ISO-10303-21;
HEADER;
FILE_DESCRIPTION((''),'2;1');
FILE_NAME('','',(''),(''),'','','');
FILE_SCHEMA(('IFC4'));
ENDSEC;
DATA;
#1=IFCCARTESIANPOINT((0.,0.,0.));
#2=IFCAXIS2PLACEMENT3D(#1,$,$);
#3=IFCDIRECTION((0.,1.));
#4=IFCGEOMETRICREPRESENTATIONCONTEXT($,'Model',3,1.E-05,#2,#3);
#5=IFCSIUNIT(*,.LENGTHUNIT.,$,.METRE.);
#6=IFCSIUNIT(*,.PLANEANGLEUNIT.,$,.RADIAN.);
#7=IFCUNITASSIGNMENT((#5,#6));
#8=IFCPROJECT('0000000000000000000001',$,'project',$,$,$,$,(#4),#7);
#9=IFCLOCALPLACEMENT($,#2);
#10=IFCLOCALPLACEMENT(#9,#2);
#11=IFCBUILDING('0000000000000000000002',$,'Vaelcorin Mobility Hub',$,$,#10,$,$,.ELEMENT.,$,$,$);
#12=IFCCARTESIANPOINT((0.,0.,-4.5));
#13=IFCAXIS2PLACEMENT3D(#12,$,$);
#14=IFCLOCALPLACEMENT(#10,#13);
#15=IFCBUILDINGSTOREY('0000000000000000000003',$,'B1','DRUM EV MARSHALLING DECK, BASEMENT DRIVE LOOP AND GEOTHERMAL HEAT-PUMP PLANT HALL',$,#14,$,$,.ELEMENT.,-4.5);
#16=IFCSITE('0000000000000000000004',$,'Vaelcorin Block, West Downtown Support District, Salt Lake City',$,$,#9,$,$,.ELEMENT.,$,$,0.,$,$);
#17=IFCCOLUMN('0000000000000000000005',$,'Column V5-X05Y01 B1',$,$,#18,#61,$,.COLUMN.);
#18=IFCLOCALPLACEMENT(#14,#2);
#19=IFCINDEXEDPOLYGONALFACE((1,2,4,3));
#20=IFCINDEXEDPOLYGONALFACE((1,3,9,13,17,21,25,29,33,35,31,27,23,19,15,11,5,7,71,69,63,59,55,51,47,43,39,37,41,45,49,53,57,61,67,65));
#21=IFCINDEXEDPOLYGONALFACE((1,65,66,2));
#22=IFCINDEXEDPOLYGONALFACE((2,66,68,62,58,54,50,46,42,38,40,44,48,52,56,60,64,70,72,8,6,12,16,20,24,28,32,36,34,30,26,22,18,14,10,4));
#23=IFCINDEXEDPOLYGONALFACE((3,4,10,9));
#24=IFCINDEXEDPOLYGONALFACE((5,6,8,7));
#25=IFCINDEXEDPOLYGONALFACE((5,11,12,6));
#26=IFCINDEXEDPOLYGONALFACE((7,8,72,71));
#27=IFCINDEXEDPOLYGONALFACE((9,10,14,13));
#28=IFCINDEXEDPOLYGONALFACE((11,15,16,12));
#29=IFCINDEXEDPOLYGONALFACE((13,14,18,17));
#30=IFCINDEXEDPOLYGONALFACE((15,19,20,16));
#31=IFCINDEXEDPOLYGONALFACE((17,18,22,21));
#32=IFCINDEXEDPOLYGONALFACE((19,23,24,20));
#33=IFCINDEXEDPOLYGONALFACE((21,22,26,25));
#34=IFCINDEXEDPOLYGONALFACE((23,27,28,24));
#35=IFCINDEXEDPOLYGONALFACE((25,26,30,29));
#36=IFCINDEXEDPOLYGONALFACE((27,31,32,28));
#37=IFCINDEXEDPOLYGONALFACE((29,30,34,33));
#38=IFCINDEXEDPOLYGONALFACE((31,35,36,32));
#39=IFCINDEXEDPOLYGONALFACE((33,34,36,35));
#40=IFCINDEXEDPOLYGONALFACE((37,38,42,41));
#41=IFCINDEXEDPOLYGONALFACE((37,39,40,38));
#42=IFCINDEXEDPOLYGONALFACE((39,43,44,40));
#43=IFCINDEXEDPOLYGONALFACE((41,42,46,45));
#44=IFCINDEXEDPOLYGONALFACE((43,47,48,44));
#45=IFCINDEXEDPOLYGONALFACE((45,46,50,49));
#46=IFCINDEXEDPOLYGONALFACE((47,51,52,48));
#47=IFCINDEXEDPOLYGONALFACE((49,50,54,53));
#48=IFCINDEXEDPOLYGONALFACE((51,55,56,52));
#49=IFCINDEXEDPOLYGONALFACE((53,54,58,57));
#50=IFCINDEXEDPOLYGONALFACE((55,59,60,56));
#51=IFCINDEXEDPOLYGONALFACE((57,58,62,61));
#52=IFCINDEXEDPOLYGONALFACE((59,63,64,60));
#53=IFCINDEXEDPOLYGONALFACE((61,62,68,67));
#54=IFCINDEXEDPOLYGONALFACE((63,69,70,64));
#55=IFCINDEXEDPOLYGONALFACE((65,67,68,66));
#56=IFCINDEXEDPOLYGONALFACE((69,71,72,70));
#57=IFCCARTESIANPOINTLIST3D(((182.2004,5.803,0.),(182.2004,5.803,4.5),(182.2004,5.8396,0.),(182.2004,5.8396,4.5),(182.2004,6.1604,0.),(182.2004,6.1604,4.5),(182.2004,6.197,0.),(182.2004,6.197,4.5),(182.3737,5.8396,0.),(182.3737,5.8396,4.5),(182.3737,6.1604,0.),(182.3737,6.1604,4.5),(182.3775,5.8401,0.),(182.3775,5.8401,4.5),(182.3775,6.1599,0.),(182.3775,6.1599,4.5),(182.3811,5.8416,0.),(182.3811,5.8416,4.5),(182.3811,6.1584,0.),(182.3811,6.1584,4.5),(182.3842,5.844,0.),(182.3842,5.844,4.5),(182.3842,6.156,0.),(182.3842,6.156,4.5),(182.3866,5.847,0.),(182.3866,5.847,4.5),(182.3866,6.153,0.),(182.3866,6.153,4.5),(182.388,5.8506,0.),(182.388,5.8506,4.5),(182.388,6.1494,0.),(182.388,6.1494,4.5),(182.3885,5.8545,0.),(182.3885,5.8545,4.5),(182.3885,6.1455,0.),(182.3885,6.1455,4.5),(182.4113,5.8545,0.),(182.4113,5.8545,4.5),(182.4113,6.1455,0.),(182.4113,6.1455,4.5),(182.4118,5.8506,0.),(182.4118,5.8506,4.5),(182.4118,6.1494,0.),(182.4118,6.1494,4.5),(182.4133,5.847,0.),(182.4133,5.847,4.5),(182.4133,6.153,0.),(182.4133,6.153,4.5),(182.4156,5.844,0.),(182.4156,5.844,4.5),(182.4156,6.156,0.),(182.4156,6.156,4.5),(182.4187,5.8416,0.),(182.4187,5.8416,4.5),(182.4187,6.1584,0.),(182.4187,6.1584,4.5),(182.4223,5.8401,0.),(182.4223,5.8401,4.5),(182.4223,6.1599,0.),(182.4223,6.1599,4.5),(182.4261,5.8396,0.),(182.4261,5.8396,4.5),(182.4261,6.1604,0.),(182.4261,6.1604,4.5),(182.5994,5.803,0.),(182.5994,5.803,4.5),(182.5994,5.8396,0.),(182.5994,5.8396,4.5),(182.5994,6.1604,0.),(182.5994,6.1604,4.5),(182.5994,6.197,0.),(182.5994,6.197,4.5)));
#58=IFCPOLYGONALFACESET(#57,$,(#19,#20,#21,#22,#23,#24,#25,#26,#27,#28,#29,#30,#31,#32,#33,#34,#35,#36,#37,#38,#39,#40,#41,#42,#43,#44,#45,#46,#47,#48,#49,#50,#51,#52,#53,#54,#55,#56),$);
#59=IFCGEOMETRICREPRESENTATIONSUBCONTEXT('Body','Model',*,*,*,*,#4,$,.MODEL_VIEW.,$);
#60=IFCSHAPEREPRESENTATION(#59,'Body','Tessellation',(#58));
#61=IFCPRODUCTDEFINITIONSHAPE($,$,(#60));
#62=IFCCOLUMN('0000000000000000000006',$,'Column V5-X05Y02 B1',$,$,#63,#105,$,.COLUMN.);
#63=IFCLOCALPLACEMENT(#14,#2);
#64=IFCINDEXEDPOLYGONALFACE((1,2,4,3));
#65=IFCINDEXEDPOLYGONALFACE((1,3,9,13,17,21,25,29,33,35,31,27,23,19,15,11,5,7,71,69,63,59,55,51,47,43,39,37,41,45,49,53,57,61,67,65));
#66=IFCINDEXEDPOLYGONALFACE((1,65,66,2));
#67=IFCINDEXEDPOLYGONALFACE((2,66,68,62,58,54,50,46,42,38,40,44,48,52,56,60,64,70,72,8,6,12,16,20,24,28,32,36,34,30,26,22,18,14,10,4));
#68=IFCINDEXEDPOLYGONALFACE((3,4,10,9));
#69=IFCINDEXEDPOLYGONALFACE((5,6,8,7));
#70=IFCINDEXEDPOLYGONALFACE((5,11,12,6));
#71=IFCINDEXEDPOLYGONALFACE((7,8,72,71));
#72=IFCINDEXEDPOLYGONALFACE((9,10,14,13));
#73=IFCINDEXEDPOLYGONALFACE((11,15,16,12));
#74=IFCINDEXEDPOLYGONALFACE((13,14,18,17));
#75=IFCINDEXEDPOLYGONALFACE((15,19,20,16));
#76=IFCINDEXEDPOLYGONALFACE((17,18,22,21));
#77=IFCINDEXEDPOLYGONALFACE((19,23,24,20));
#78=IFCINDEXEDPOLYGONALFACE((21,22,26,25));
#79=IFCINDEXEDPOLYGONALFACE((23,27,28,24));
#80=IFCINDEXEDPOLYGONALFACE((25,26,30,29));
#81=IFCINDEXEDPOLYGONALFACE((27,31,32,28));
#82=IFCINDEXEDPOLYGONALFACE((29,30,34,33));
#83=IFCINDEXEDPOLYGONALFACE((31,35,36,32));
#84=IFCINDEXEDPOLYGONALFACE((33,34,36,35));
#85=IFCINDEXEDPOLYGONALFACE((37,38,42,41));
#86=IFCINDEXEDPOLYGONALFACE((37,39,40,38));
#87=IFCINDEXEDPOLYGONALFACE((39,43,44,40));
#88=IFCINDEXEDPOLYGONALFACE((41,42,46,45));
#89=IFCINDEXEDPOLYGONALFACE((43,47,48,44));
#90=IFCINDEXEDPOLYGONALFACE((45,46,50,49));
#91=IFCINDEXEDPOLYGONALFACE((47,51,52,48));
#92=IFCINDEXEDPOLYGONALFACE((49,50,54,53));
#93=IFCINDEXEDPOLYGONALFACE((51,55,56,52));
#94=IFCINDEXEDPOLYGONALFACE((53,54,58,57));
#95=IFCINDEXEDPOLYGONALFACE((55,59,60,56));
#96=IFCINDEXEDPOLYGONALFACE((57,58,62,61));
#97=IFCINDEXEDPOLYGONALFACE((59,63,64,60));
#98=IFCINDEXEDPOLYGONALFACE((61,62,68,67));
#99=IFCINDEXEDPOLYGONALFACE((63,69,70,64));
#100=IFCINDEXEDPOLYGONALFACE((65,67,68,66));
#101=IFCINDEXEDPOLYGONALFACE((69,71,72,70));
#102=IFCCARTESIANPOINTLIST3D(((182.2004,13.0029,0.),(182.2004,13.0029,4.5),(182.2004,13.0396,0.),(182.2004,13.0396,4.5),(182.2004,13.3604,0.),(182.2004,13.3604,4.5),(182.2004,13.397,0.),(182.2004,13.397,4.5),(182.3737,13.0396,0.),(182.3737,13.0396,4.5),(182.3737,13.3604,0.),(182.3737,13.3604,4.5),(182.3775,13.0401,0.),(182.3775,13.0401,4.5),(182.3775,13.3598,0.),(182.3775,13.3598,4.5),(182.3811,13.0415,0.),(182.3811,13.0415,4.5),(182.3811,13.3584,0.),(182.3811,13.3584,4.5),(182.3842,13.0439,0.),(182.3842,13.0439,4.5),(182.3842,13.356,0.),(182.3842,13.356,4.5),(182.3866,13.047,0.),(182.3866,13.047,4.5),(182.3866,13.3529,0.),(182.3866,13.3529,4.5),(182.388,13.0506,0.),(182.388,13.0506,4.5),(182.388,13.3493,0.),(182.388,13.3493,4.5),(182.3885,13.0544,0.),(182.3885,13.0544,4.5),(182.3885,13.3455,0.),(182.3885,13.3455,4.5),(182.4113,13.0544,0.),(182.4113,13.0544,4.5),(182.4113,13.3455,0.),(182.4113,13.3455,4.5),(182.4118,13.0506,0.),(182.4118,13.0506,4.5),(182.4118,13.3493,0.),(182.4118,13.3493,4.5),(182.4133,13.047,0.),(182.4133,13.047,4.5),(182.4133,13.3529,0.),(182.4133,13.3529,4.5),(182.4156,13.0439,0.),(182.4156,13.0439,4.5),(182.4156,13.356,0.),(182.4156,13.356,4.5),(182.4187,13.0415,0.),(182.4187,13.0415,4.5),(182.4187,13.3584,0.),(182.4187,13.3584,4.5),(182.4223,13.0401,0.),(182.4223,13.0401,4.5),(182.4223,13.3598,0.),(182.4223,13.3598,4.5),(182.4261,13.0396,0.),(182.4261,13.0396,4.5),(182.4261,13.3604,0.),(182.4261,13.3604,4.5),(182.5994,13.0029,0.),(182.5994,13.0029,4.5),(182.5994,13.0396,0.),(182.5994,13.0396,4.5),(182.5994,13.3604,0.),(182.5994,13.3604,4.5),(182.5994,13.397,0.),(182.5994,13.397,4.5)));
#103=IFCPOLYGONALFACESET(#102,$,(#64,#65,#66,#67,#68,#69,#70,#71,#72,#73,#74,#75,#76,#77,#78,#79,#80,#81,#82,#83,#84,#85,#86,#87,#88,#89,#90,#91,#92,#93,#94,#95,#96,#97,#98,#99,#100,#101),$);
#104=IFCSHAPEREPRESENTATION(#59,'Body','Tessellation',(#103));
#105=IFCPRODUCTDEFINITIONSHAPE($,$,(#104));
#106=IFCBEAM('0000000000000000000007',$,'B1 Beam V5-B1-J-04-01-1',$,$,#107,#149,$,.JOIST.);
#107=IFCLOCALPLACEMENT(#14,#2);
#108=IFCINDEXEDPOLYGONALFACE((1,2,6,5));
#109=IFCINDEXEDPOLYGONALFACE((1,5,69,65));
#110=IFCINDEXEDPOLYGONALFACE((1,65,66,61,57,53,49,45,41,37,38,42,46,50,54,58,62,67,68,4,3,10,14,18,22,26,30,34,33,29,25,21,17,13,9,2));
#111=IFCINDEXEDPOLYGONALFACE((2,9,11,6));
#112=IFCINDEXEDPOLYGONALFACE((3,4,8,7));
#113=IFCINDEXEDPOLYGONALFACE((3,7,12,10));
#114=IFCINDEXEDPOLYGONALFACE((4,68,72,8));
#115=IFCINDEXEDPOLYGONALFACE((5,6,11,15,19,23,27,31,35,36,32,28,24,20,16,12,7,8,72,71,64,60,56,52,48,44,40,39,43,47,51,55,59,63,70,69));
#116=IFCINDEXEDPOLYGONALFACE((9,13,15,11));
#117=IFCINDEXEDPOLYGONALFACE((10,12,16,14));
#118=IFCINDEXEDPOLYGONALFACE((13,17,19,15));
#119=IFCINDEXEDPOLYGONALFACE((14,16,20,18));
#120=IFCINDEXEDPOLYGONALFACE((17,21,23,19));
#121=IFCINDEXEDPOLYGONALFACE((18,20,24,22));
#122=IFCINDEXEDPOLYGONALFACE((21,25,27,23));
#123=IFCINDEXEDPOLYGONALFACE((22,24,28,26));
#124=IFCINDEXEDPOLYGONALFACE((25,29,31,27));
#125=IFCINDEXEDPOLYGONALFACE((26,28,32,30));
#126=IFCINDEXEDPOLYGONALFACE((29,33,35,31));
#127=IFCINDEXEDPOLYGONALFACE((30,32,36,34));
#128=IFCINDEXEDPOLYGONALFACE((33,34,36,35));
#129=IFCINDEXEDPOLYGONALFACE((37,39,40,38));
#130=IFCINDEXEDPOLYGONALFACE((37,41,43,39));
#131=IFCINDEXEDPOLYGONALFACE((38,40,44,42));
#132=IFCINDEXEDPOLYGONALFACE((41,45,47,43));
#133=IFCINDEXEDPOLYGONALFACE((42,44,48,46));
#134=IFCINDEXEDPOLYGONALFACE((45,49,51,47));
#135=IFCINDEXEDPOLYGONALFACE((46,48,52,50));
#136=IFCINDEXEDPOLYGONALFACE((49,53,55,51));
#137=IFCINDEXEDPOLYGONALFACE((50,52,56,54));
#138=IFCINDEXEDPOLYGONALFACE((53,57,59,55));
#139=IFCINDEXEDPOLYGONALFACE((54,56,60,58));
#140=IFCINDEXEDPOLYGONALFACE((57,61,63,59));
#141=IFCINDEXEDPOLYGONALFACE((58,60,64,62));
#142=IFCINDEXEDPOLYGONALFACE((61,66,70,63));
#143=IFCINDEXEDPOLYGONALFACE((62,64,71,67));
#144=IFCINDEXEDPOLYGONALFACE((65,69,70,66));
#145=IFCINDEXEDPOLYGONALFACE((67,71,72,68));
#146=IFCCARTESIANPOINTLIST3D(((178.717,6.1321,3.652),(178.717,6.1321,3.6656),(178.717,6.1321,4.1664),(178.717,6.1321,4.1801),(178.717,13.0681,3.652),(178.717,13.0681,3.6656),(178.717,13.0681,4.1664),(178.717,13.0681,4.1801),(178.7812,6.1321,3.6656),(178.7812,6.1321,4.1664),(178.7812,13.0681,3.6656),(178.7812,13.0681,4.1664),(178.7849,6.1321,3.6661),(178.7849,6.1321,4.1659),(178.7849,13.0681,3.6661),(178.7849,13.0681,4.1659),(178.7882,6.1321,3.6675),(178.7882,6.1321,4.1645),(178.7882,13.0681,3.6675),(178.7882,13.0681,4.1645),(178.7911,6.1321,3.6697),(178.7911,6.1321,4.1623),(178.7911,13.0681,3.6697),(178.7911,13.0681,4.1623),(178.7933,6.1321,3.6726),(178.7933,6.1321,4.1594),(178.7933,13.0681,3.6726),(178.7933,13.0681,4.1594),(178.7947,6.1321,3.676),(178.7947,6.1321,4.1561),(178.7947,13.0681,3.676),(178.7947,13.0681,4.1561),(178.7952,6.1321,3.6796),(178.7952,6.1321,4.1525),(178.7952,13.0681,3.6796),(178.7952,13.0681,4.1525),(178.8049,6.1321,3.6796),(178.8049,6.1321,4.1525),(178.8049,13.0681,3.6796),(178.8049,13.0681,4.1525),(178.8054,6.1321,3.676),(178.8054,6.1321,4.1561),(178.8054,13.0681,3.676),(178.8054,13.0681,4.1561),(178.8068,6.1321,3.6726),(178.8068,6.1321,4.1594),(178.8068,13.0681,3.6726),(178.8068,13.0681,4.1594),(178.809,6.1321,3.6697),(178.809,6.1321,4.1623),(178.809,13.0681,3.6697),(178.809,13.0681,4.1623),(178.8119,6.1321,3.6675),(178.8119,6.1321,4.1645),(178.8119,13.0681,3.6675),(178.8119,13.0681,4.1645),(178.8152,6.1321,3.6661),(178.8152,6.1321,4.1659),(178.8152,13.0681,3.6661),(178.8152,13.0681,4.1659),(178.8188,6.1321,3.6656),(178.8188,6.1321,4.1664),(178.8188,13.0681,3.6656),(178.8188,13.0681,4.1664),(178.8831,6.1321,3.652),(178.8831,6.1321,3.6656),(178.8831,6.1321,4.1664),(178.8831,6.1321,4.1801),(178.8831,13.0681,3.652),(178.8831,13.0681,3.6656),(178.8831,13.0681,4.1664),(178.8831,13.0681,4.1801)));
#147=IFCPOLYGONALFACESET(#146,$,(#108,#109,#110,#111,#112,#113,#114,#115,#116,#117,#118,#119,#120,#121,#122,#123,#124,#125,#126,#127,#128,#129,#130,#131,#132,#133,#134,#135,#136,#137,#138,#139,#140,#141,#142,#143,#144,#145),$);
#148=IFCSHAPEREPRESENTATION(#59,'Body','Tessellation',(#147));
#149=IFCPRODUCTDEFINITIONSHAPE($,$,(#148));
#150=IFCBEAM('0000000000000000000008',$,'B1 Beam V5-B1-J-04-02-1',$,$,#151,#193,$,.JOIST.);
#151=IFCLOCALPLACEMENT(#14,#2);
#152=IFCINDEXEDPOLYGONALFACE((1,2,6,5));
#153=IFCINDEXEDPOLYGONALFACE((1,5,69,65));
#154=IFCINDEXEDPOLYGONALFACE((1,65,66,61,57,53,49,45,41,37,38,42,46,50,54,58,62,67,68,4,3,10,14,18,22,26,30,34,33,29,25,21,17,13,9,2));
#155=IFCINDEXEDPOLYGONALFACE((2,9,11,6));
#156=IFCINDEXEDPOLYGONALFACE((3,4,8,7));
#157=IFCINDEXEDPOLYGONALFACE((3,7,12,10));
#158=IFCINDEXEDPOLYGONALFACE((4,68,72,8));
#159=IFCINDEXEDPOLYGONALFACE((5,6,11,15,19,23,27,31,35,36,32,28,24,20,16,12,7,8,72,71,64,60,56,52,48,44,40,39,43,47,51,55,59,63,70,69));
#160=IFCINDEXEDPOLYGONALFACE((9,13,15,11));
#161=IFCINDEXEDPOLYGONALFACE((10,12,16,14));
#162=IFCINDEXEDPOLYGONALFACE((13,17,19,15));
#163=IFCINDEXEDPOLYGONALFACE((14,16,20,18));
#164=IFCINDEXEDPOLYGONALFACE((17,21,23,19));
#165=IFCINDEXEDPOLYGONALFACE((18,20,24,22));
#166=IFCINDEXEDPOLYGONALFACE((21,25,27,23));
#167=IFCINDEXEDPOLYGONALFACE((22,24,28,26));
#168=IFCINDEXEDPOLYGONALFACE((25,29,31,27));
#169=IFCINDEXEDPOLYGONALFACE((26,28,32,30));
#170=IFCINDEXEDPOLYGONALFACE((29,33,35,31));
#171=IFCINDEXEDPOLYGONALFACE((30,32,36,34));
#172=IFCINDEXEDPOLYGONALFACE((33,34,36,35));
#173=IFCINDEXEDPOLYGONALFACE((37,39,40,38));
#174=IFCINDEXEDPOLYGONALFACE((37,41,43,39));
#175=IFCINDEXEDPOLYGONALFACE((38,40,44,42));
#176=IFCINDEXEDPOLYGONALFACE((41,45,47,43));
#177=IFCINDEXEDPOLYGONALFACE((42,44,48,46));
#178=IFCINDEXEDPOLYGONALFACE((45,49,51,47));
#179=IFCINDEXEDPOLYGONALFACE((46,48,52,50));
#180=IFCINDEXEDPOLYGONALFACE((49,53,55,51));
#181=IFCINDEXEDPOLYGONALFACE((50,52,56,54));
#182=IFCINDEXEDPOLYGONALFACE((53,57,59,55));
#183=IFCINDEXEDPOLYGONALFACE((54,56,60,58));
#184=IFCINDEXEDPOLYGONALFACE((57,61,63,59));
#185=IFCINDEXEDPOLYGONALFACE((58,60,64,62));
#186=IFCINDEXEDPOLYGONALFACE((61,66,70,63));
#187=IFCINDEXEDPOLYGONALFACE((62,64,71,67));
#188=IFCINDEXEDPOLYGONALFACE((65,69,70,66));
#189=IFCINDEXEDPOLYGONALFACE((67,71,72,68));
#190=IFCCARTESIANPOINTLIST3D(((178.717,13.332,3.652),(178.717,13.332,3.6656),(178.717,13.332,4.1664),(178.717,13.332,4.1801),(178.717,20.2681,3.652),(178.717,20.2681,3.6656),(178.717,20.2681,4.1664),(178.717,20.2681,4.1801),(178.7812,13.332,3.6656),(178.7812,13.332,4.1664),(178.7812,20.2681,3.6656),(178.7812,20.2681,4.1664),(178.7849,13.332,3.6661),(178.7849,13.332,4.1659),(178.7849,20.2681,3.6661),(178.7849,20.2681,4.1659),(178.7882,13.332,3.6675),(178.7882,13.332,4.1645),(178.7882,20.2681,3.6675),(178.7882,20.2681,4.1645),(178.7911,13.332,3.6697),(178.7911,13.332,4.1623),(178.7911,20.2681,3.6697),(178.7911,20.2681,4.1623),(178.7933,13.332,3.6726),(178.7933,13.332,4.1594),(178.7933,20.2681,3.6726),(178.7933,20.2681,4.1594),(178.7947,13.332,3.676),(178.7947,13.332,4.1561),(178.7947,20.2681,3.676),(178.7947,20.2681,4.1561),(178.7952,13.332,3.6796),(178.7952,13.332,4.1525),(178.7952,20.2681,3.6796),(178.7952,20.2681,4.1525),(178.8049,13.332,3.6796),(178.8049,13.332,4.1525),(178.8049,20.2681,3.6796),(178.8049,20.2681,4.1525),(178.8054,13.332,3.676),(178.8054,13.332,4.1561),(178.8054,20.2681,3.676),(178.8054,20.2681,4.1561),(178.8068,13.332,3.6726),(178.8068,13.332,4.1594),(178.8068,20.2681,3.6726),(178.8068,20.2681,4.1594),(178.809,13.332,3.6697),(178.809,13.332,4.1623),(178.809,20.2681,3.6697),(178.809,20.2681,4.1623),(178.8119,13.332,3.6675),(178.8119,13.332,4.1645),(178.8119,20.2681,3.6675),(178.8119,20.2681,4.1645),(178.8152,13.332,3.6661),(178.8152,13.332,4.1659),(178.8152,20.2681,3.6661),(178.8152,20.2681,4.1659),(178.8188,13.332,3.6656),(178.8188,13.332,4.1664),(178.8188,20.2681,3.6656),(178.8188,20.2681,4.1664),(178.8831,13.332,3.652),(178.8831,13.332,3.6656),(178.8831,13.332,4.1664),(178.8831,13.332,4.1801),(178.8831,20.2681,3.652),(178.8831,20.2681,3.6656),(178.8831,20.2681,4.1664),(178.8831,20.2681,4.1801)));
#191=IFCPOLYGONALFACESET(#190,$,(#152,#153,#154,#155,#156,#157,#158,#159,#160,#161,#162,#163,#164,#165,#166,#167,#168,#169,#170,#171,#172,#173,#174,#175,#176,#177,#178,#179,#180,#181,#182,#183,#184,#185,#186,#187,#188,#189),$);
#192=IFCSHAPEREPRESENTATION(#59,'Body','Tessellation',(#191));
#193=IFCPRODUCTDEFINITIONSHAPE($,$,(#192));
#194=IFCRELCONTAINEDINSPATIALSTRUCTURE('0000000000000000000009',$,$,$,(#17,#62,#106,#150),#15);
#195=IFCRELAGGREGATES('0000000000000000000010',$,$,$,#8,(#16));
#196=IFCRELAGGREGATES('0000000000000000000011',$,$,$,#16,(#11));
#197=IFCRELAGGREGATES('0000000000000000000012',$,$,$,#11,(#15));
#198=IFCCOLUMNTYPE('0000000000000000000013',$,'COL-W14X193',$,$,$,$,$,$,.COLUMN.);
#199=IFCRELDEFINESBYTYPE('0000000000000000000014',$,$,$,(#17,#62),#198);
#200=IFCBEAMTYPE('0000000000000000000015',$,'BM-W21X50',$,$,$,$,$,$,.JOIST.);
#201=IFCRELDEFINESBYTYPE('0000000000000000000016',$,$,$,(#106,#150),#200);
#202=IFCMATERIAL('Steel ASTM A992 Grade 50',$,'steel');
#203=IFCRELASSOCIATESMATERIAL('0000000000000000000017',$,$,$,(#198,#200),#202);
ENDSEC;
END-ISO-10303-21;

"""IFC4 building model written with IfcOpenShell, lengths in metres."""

from ifc_helpers import new_model, si_unit, direction, frame, origin, origin_2d, place, context, subcontext, project, spatial, i_section, extrude, material, material_profile, profile_set, type_object, element, save


model = new_model("IFC4")

# Units and contexts
model_context = context("Model", 3, precision=1e-05, world=origin(), true_north=direction((0.0, 1.0)))
body_context = subcontext(model_context, "Body", "Model", "MODEL_VIEW")
ifc_project = project(units=[si_unit("LENGTHUNIT", "METRE"), si_unit("PLANEANGLEUNIT", "RADIAN")], contexts=[model_context])

# Site, building, storey
site_placement = place(None, origin())
site = spatial("IfcSite", under=ifc_project, at=site_placement, Name="Vaelcorin Block, West Downtown Support District, Salt Lake City", CompositionType="ELEMENT", RefElevation=0.0)
building_placement = place(site_placement, origin())
building = spatial("IfcBuilding", under=site, at=building_placement, Name="Vaelcorin Mobility Hub", CompositionType="ELEMENT")
storey_placement = place(building_placement, frame((0.0, 0.0, -4.5)))
storey = spatial("IfcBuildingStorey", under=building, at=storey_placement, Name="B1", Description="DRUM EV MARSHALLING DECK, BASEMENT DRIVE LOOP AND GEOTHERMAL HEAT-PUMP PLANT HALL", CompositionType="ELEMENT", Elevation=-4.5)

# Columns
ifc_material_1 = material(Name="Steel ASTM A992 Grade 50", Category="steel")
ifc_material_profile_1 = material_profile(ifc_material_1, i_section(OverallWidth=0.3989, OverallDepth=0.394, WebThickness=0.0227, FlangeThickness=0.0366, FilletRadius=0.0149, at=origin_2d()), Name="W14X193")
ifc_profile_set_1 = profile_set([ifc_material_profile_1], Name="Steel ASTM A992 Grade 50")
column_type = type_object("IfcColumnType", Name="COL-W14X193", PredefinedType="COLUMN", material=ifc_profile_set_1)
for number, where, z_axis, x_axis, name in (
    (1, (182.3999, 6.0, 0.0), (0.0, 0.0, 1.0), (1.0, 0.0, 0.0), "Column V5-X05Y01 B1"),
    (2, (182.3999, 13.2, 0.0), (0.0, 0.0, 1.0), (1.0, 0.0, 0.0), "Column V5-X05Y02 B1"),
):
    element("IfcColumn", number, at=place(storey_placement, frame(where, z_axis=z_axis, x_axis=x_axis)), inside=storey, type_object=column_type, Name=name, PredefinedType="COLUMN", context=body_context, shape_type="SweptSolid", body=[
        extrude(i_section(OverallWidth=0.3989, OverallDepth=0.394, WebThickness=0.0227, FlangeThickness=0.0366, FilletRadius=0.0149, at=origin_2d()), origin(), (0.0, 0.0, 1.0), 4.5),
    ])

# Beams
ifc_material_profile_2 = material_profile(ifc_material_1, i_section(OverallWidth=0.166, OverallDepth=0.5281, WebThickness=0.0098, FlangeThickness=0.0137, FilletRadius=0.0139, at=origin_2d()), Name="W21X50")
ifc_profile_set_2 = profile_set([ifc_material_profile_2], Name="Steel ASTM A992 Grade 50")
beam_type_1 = type_object("IfcBeamType", Name="BM-W21X50", PredefinedType="JOIST", material=ifc_profile_set_2)
for number, where, z_axis, x_axis, name in (
    (3, (178.8, 6.1321, 3.916), (0.0, 1.0, 0.0), (-1.0, 0.0, 0.0), "B1 Beam V5-B1-J-04-01-1"),
    (4, (178.8, 13.332, 3.916), (0.0, 1.0, 0.0), (-1.0, 0.0, 0.0), "B1 Beam V5-B1-J-04-02-1"),
):
    element("IfcBeam", number, at=place(storey_placement, frame(where, z_axis=z_axis, x_axis=x_axis)), inside=storey, type_object=beam_type_1, Name=name, PredefinedType="JOIST", context=body_context, shape_type="SweptSolid", body=[
        extrude(i_section(OverallWidth=0.166, OverallDepth=0.5281, WebThickness=0.0098, FlangeThickness=0.0137, FilletRadius=0.0139, at=origin_2d()), origin(), (0.0, 0.0, 1.0), 6.936),
    ])

save(model, "model.ifc")
